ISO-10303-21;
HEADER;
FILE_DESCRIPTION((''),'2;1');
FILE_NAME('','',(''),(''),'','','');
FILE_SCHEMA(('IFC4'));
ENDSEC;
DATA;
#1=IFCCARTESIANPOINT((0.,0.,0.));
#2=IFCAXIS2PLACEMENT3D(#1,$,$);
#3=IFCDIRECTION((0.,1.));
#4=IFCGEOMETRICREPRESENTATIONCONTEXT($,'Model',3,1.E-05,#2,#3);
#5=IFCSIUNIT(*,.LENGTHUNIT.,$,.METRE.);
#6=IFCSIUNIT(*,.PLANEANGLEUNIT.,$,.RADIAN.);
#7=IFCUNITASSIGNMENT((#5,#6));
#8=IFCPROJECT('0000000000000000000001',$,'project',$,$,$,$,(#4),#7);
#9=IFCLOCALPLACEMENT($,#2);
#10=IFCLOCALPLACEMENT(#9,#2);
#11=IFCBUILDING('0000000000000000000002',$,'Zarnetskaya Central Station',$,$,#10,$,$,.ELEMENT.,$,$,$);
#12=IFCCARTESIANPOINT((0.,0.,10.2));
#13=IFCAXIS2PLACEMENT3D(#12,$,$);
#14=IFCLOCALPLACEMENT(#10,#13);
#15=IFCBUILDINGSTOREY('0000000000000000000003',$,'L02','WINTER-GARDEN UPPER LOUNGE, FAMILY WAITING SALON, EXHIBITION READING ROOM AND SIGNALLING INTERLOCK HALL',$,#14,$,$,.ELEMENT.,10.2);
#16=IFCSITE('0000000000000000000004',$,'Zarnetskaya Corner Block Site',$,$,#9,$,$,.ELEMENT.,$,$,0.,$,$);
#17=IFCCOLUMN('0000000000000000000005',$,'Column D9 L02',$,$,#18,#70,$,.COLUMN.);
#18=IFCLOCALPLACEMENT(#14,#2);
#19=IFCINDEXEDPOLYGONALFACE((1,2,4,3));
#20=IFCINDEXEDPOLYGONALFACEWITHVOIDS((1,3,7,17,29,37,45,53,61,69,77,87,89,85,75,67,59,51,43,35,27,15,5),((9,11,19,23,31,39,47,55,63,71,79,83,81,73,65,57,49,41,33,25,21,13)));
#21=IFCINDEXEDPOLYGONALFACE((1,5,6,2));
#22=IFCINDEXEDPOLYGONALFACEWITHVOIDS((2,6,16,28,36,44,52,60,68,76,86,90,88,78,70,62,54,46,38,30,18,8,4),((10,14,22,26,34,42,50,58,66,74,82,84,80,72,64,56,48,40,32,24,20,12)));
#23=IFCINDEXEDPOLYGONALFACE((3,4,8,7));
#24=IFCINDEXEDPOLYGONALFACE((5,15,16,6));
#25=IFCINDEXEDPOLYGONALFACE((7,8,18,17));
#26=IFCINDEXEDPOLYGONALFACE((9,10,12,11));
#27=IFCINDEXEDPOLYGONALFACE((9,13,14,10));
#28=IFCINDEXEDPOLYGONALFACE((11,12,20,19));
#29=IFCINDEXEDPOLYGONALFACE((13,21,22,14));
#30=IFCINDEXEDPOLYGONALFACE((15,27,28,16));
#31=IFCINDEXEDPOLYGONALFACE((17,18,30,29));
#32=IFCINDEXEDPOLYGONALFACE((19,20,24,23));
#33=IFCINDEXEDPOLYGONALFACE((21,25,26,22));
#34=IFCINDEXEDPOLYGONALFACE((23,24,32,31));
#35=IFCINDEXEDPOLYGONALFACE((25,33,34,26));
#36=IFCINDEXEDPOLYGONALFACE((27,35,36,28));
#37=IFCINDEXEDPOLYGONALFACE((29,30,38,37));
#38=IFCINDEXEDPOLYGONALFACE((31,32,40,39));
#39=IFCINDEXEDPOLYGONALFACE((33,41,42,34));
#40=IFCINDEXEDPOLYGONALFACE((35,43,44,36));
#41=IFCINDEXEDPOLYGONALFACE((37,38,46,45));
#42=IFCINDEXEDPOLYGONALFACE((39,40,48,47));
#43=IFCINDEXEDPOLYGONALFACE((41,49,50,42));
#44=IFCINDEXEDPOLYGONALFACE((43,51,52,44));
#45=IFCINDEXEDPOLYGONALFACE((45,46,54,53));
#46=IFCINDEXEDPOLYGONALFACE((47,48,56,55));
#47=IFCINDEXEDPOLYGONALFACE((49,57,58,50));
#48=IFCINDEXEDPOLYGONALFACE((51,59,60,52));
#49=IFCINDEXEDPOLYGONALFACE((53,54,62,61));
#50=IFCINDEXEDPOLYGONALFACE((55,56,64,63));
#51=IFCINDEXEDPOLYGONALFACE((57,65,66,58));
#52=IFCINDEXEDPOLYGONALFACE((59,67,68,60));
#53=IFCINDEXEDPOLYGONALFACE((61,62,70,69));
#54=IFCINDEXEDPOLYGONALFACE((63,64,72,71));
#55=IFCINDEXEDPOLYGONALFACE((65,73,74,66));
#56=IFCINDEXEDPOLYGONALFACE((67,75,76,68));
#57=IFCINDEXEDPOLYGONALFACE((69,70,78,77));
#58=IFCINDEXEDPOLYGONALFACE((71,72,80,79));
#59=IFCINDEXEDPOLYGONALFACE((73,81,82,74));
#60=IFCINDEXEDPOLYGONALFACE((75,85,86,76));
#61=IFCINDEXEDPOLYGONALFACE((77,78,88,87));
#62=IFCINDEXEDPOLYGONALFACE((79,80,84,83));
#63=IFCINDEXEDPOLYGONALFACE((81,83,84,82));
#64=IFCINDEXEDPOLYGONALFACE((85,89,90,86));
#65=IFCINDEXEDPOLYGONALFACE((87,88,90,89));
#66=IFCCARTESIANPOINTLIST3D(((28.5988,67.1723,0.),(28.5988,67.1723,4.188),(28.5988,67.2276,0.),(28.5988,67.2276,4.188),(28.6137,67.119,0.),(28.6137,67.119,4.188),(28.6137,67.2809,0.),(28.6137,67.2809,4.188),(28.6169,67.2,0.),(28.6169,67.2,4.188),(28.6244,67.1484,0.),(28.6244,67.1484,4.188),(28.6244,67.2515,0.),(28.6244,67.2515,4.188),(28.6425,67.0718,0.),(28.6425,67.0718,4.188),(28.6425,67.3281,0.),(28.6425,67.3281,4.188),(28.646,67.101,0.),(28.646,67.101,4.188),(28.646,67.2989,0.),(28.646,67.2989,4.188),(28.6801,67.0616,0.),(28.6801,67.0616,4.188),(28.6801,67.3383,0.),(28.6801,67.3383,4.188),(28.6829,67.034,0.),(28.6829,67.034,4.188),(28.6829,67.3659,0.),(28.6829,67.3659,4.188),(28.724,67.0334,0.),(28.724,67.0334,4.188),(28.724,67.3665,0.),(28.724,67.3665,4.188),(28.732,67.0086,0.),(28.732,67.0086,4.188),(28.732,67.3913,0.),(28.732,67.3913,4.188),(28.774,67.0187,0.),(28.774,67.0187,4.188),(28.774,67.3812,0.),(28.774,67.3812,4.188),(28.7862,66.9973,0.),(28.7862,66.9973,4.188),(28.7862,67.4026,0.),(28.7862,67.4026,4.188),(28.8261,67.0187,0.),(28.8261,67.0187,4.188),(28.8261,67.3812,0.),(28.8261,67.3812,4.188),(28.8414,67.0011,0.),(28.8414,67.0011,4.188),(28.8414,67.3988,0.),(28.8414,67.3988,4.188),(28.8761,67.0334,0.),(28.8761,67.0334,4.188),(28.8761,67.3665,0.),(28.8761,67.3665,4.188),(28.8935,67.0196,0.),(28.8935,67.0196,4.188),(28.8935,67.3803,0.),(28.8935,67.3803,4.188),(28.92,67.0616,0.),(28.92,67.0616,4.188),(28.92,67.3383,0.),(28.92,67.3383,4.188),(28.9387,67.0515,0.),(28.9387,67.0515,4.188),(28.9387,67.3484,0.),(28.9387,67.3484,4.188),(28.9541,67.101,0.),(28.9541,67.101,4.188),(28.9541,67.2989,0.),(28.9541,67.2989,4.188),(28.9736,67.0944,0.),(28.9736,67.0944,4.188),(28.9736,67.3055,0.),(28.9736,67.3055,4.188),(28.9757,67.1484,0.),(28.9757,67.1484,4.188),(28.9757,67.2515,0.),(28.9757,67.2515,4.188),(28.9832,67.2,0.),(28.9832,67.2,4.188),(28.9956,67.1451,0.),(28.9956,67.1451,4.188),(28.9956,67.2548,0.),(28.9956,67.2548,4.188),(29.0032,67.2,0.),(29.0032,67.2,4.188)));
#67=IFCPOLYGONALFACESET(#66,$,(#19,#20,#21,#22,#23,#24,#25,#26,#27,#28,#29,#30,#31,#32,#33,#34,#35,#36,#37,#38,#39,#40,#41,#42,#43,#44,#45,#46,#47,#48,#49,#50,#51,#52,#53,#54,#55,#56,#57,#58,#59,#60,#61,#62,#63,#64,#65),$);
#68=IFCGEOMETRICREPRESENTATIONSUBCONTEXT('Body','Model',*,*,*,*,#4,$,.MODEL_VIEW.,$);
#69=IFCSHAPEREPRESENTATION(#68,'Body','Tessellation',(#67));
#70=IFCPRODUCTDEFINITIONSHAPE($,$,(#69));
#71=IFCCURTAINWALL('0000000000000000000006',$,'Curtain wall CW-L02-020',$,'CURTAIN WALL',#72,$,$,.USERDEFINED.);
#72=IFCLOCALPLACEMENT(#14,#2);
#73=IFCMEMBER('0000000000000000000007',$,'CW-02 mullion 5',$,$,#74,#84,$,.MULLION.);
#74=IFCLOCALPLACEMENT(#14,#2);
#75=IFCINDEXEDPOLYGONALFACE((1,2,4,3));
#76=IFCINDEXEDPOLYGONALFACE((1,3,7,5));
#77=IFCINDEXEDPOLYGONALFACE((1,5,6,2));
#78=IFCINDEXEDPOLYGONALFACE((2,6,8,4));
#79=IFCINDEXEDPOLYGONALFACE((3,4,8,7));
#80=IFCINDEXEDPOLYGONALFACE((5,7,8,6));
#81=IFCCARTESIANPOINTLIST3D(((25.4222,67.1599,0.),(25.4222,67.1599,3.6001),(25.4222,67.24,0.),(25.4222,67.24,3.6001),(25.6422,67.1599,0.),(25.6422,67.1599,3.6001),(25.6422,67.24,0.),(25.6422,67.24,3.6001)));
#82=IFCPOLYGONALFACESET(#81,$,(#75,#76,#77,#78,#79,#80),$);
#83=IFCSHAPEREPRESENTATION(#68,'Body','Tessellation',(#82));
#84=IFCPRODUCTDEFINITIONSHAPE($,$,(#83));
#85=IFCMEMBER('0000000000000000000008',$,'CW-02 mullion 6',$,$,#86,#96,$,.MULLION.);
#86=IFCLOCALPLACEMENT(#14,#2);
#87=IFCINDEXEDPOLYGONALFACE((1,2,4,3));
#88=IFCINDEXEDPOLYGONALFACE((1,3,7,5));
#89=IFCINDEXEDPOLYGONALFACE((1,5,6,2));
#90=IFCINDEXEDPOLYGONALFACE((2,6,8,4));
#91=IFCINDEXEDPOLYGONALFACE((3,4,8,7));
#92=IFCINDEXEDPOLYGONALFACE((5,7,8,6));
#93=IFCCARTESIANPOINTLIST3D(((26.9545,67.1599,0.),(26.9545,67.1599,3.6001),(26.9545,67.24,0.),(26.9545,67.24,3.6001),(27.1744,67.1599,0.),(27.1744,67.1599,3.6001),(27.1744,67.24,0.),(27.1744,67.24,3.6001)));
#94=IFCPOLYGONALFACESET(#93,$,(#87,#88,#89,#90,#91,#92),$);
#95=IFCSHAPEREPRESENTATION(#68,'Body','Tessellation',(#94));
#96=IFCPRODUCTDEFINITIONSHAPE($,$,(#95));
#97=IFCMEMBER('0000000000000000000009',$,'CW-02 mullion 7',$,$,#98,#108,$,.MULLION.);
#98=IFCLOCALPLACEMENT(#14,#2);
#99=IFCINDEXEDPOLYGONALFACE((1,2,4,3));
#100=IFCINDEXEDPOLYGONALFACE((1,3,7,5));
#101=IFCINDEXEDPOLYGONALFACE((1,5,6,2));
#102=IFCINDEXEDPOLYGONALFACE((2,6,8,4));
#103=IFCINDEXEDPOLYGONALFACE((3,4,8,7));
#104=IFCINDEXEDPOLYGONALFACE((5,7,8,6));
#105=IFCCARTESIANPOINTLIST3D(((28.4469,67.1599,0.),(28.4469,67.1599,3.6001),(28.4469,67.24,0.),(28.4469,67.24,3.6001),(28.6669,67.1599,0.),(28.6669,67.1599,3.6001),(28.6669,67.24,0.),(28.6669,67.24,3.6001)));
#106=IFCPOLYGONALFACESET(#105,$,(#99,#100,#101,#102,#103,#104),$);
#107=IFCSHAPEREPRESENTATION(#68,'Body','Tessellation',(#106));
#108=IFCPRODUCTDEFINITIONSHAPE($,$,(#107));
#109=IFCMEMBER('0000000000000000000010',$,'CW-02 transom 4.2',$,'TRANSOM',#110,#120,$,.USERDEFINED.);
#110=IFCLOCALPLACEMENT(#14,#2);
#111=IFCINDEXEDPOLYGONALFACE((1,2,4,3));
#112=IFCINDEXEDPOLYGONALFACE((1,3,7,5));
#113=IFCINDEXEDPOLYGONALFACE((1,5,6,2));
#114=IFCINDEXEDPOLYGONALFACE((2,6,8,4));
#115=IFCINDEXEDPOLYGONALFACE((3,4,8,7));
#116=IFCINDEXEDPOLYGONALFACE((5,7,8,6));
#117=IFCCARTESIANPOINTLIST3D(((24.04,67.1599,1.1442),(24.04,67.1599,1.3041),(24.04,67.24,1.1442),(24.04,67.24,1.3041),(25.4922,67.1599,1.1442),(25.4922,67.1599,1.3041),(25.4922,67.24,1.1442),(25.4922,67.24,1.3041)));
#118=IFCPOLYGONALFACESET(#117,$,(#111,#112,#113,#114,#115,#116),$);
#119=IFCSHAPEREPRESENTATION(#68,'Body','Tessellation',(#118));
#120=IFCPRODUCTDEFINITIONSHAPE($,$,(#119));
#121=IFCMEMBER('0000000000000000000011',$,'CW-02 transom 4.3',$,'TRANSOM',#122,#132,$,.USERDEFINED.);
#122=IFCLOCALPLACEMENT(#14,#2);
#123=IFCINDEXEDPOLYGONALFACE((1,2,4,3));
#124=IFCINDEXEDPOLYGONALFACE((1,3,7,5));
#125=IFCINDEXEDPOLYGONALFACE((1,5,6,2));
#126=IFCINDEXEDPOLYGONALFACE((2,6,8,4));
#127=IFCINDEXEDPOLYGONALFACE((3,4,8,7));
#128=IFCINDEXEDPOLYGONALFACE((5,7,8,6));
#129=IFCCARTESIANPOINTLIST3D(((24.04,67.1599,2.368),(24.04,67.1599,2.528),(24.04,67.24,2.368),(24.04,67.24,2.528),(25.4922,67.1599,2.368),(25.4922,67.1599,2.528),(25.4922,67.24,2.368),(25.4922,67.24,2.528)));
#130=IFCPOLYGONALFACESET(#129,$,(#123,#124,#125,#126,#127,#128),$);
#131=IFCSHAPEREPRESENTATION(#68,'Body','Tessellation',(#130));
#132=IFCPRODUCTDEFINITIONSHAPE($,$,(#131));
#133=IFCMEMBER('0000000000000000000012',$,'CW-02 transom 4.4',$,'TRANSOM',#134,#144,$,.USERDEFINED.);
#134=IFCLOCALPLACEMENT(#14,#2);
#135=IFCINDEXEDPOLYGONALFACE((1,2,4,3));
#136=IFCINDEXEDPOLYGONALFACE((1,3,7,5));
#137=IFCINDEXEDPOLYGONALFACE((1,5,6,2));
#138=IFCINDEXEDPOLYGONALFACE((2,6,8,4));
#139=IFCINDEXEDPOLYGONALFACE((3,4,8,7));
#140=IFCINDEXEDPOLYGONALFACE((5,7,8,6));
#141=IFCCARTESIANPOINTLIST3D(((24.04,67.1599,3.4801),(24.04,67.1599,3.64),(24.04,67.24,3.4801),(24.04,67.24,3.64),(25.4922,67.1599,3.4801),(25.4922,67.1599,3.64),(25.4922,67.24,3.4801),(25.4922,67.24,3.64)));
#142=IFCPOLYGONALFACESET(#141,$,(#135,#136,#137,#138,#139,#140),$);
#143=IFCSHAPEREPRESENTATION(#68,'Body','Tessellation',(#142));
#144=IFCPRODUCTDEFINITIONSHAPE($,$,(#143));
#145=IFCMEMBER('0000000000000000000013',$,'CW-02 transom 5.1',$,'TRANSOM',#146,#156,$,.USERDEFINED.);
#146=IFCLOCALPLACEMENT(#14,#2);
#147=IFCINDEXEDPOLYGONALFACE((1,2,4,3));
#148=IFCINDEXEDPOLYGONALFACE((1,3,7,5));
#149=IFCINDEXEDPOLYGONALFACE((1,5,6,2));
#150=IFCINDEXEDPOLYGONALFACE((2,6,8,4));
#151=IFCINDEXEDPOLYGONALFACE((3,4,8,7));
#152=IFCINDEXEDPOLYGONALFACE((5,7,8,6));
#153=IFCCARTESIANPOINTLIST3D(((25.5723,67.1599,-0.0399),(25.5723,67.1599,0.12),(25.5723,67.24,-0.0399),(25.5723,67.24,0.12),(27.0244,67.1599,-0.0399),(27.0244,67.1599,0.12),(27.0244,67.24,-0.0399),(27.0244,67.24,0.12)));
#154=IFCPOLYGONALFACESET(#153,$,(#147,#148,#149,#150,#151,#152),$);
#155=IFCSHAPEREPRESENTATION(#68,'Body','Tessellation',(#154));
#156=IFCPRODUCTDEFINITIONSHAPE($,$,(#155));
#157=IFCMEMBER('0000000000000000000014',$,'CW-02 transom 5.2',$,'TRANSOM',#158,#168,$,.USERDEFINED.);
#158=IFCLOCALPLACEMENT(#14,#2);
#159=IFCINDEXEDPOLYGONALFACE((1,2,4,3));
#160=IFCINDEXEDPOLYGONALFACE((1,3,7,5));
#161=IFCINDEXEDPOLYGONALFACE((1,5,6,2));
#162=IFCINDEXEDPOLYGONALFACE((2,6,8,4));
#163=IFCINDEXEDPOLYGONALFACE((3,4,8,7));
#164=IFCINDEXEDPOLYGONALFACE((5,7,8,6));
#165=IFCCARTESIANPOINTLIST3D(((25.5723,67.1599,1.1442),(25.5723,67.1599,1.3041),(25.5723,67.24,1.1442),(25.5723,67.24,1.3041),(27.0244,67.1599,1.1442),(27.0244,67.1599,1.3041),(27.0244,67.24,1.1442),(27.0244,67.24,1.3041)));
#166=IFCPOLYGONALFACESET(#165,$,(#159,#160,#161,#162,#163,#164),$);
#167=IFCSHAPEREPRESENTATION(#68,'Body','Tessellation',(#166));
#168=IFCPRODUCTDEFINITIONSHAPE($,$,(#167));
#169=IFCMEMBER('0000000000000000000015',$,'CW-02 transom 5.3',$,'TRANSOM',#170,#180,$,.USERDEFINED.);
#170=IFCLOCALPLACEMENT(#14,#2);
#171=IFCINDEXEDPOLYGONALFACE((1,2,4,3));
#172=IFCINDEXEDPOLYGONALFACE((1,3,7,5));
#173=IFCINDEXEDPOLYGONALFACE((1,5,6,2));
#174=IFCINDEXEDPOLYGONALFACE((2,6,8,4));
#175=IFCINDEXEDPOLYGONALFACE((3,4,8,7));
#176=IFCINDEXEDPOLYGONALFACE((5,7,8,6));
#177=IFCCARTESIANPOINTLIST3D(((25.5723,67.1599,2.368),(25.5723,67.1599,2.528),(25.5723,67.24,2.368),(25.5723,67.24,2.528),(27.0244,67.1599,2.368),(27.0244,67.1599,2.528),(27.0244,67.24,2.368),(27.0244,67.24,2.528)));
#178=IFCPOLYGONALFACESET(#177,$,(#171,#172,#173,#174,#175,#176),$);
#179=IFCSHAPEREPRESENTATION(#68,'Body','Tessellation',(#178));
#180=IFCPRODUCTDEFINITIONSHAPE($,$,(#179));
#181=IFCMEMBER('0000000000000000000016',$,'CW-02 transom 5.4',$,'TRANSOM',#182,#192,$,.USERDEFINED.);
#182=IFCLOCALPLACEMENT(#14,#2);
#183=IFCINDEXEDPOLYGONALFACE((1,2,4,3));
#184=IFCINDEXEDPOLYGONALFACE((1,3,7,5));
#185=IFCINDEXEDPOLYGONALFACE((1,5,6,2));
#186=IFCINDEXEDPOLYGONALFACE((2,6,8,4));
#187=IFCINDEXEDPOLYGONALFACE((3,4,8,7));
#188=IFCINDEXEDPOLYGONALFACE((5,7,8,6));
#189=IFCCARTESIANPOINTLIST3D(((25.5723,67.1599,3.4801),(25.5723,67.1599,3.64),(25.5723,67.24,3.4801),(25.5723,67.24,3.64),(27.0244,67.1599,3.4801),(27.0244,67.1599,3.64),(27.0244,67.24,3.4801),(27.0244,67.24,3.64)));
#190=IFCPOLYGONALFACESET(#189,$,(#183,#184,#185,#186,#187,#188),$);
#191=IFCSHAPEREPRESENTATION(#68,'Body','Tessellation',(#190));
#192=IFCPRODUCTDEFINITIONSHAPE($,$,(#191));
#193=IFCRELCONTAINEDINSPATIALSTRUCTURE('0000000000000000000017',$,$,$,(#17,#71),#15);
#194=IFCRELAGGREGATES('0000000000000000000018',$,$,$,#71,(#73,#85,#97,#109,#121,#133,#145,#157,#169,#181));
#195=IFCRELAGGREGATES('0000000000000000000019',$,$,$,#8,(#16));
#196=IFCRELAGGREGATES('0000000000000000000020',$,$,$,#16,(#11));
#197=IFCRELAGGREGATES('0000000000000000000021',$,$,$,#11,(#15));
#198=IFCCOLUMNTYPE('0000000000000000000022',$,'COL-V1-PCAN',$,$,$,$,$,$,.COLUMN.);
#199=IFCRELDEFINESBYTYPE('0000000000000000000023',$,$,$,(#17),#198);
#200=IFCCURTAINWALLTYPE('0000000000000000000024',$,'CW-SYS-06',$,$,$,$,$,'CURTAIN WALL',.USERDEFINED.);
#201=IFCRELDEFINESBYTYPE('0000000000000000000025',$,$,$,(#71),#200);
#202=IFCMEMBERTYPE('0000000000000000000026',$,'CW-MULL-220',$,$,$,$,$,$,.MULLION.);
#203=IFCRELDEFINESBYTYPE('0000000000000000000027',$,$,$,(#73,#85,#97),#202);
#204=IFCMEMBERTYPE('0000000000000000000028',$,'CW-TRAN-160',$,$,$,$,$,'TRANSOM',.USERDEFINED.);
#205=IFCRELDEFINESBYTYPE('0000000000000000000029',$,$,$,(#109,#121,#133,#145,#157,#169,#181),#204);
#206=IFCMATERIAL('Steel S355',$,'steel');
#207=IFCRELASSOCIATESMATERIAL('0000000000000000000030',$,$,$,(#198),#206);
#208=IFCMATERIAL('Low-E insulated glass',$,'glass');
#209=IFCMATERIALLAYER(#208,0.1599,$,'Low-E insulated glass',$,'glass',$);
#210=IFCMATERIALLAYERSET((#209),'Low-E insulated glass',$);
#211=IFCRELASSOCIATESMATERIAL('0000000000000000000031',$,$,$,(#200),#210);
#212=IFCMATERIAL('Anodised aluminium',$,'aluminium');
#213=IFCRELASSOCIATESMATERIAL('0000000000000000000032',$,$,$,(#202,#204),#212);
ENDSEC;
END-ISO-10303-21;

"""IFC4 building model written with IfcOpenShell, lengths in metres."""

from ifc_helpers import new_model, si_unit, direction, frame, origin, origin_2d, place, context, subcontext, project, spatial, rectangle, hollow_circle, extrude, material, layer, layer_set, material_profile, profile_set, type_object, element, aggregate, save


model = new_model("IFC4")

# Units and contexts
model_context = context("Model", 3, precision=1e-05, world=origin(), true_north=direction((0.0, 1.0)))
body_context = subcontext(model_context, "Body", "Model", "MODEL_VIEW")
ifc_project = project(units=[si_unit("LENGTHUNIT", "METRE"), si_unit("PLANEANGLEUNIT", "RADIAN")], contexts=[model_context])

# Site, building, storey
site_placement = place(None, origin())
site = spatial("IfcSite", under=ifc_project, at=site_placement, Name="Zarnetskaya Corner Block Site", CompositionType="ELEMENT", RefElevation=0.0)
building_placement = place(site_placement, origin())
building = spatial("IfcBuilding", under=site, at=building_placement, Name="Zarnetskaya Central Station", CompositionType="ELEMENT")
storey_placement = place(building_placement, frame((0.0, 0.0, 10.2)))
storey = spatial("IfcBuildingStorey", under=building, at=storey_placement, Name="L02", Description="WINTER-GARDEN UPPER LOUNGE, FAMILY WAITING SALON, EXHIBITION READING ROOM AND SIGNALLING INTERLOCK HALL", CompositionType="ELEMENT", Elevation=10.2)

# Column
ifc_material_1 = material(Name="Steel S355", Category="steel")
ifc_material_profile_1 = material_profile(ifc_material_1, hollow_circle(Radius=0.2031, WallThickness=0.02, at=origin_2d()), Name="CHS 406.4x20")
ifc_profile_set_1 = profile_set([ifc_material_profile_1], Name="Steel S355")
column_type = type_object("IfcColumnType", Name="COL-V1-PCAN", PredefinedType="COLUMN", material=ifc_profile_set_1)
column_placement = place(storey_placement, frame((28.8, 67.2, 0.0), z_axis=(0.0, 0.0, 1.0), x_axis=(1.0, 0.0, 0.0)))
element("IfcColumn", 1, at=column_placement, inside=storey, type_object=column_type, Name="Column D9 L02", PredefinedType="COLUMN", context=body_context, shape_type="SweptSolid", body=[
    extrude(hollow_circle(Radius=0.2031, WallThickness=0.02, at=origin_2d()), origin(), (0.0, 0.0, 1.0), 4.188),
])

# Curtain wall, members
ifc_material_2 = material(Name="Low-E insulated glass", Category="glass")
ifc_layer_1 = layer(ifc_material_2, 0.1599, Name="Low-E insulated glass", Category="glass")
ifc_layer_set_1 = layer_set([ifc_layer_1], Name="Low-E insulated glass")
curtain_wall_type = type_object("IfcCurtainWallType", Name="CW-SYS-06", ElementType="CURTAIN WALL", PredefinedType="USERDEFINED", material=ifc_layer_set_1)
curtain_wall_placement = place(storey_placement, origin())
curtain_wall = element("IfcCurtainWall", 2, at=curtain_wall_placement, inside=storey, type_object=curtain_wall_type, Name="Curtain wall CW-L02-020", ObjectType="CURTAIN WALL", PredefinedType="USERDEFINED")
ifc_material_3 = material(Name="Anodised aluminium", Category="aluminium")
ifc_material_profile_2 = material_profile(ifc_material_3, rectangle(XDim=0.0801, YDim=0.22, at=origin_2d()), Name="ALU MULL 80x220")
ifc_profile_set_2 = profile_set([ifc_material_profile_2], Name="Anodised aluminium")
member_type_1 = type_object("IfcMemberType", Name="CW-MULL-220", PredefinedType="MULLION", material=ifc_profile_set_2)
member_1_placement = place(storey_placement, frame((25.5322, 67.2, 0.0), z_axis=(0.0, 0.0, 1.0), x_axis=(0.0, 1.0, 0.0)))
member_1 = element("IfcMember", 3, at=member_1_placement, type_object=member_type_1, Name="CW-02 mullion 5", PredefinedType="MULLION", context=body_context, shape_type="SweptSolid", body=[
    extrude(rectangle(XDim=0.0801, YDim=0.22, at=origin_2d()), origin(), (0.0, 0.0, 1.0), 3.6001),
])
member_2_placement = place(storey_placement, frame((27.0645, 67.2, 0.0), z_axis=(0.0, 0.0, 1.0), x_axis=(0.0, 1.0, 0.0)))
member_2 = element("IfcMember", 4, at=member_2_placement, type_object=member_type_1, Name="CW-02 mullion 6", PredefinedType="MULLION", context=body_context, shape_type="SweptSolid", body=[
    extrude(rectangle(XDim=0.0801, YDim=0.22, at=origin_2d()), origin(), (0.0, 0.0, 1.0), 3.6001),
])
member_3_placement = place(storey_placement, frame((28.5569, 67.2, 0.0), z_axis=(0.0, 0.0, 1.0), x_axis=(0.0, 1.0, 0.0)))
member_3 = element("IfcMember", 5, at=member_3_placement, type_object=member_type_1, Name="CW-02 mullion 7", PredefinedType="MULLION", context=body_context, shape_type="SweptSolid", body=[
    extrude(rectangle(XDim=0.0801, YDim=0.22, at=origin_2d()), origin(), (0.0, 0.0, 1.0), 3.6001),
])
ifc_material_profile_3 = material_profile(ifc_material_3, rectangle(XDim=0.0801, YDim=0.1599, at=origin_2d()), Name="ALU TRAN 80x160")
ifc_profile_set_3 = profile_set([ifc_material_profile_3], Name="Anodised aluminium")
member_type_2 = type_object("IfcMemberType", Name="CW-TRAN-160", ElementType="TRANSOM", PredefinedType="USERDEFINED", material=ifc_profile_set_3)
member_4_placement = place(storey_placement, frame((24.04, 67.2, 1.2241), z_axis=(1.0, 0.0, 0.0), x_axis=(0.0, 1.0, 0.0)))
member_4 = element("IfcMember", 6, at=member_4_placement, type_object=member_type_2, Name="CW-02 transom 4.2", ObjectType="TRANSOM", PredefinedType="USERDEFINED", context=body_context, shape_type="SweptSolid", body=[
    extrude(rectangle(XDim=0.0801, YDim=0.1599, at=origin_2d()), origin(), (0.0, 0.0, 1.0), 1.4521),
])
member_5_placement = place(storey_placement, frame((24.04, 67.2, 2.448), z_axis=(1.0, 0.0, 0.0), x_axis=(0.0, 1.0, 0.0)))
member_5 = element("IfcMember", 7, at=member_5_placement, type_object=member_type_2, Name="CW-02 transom 4.3", ObjectType="TRANSOM", PredefinedType="USERDEFINED", context=body_context, shape_type="SweptSolid", body=[
    extrude(rectangle(XDim=0.0801, YDim=0.1599, at=origin_2d()), origin(), (0.0, 0.0, 1.0), 1.4521),
])
member_6_placement = place(storey_placement, frame((24.04, 67.2, 3.5601), z_axis=(1.0, 0.0, 0.0), x_axis=(0.0, 1.0, 0.0)))
member_6 = element("IfcMember", 8, at=member_6_placement, type_object=member_type_2, Name="CW-02 transom 4.4", ObjectType="TRANSOM", PredefinedType="USERDEFINED", context=body_context, shape_type="SweptSolid", body=[
    extrude(rectangle(XDim=0.0801, YDim=0.1599, at=origin_2d()), origin(), (0.0, 0.0, 1.0), 1.4521),
])
member_7_placement = place(storey_placement, frame((25.5723, 67.2, 0.04), z_axis=(1.0, 0.0, 0.0), x_axis=(0.0, 1.0, 0.0)))
member_7 = element("IfcMember", 9, at=member_7_placement, type_object=member_type_2, Name="CW-02 transom 5.1", ObjectType="TRANSOM", PredefinedType="USERDEFINED", context=body_context, shape_type="SweptSolid", body=[
    extrude(rectangle(XDim=0.0801, YDim=0.1599, at=origin_2d()), origin(), (0.0, 0.0, 1.0), 1.4521),
])
member_8_placement = place(storey_placement, frame((25.5723, 67.2, 1.2241), z_axis=(1.0, 0.0, 0.0), x_axis=(0.0, 1.0, 0.0)))
member_8 = element("IfcMember", 10, at=member_8_placement, type_object=member_type_2, Name="CW-02 transom 5.2", ObjectType="TRANSOM", PredefinedType="USERDEFINED", context=body_context, shape_type="SweptSolid", body=[
    extrude(rectangle(XDim=0.0801, YDim=0.1599, at=origin_2d()), origin(), (0.0, 0.0, 1.0), 1.4521),
])
member_9_placement = place(storey_placement, frame((25.5723, 67.2, 2.448), z_axis=(1.0, 0.0, 0.0), x_axis=(0.0, 1.0, 0.0)))
member_9 = element("IfcMember", 11, at=member_9_placement, type_object=member_type_2, Name="CW-02 transom 5.3", ObjectType="TRANSOM", PredefinedType="USERDEFINED", context=body_context, shape_type="SweptSolid", body=[
    extrude(rectangle(XDim=0.0801, YDim=0.1599, at=origin_2d()), origin(), (0.0, 0.0, 1.0), 1.4521),
])
member_10_placement = place(storey_placement, frame((25.5723, 67.2, 3.5601), z_axis=(1.0, 0.0, 0.0), x_axis=(0.0, 1.0, 0.0)))
member_10 = element("IfcMember", 12, at=member_10_placement, type_object=member_type_2, Name="CW-02 transom 5.4", ObjectType="TRANSOM", PredefinedType="USERDEFINED", context=body_context, shape_type="SweptSolid", body=[
    extrude(rectangle(XDim=0.0801, YDim=0.1599, at=origin_2d()), origin(), (0.0, 0.0, 1.0), 1.4521),
])

aggregate(curtain_wall, [member_1, member_2, member_3, member_4, member_5, member_6, member_7, member_8, member_9, member_10])

save(model, "model.ifc")
